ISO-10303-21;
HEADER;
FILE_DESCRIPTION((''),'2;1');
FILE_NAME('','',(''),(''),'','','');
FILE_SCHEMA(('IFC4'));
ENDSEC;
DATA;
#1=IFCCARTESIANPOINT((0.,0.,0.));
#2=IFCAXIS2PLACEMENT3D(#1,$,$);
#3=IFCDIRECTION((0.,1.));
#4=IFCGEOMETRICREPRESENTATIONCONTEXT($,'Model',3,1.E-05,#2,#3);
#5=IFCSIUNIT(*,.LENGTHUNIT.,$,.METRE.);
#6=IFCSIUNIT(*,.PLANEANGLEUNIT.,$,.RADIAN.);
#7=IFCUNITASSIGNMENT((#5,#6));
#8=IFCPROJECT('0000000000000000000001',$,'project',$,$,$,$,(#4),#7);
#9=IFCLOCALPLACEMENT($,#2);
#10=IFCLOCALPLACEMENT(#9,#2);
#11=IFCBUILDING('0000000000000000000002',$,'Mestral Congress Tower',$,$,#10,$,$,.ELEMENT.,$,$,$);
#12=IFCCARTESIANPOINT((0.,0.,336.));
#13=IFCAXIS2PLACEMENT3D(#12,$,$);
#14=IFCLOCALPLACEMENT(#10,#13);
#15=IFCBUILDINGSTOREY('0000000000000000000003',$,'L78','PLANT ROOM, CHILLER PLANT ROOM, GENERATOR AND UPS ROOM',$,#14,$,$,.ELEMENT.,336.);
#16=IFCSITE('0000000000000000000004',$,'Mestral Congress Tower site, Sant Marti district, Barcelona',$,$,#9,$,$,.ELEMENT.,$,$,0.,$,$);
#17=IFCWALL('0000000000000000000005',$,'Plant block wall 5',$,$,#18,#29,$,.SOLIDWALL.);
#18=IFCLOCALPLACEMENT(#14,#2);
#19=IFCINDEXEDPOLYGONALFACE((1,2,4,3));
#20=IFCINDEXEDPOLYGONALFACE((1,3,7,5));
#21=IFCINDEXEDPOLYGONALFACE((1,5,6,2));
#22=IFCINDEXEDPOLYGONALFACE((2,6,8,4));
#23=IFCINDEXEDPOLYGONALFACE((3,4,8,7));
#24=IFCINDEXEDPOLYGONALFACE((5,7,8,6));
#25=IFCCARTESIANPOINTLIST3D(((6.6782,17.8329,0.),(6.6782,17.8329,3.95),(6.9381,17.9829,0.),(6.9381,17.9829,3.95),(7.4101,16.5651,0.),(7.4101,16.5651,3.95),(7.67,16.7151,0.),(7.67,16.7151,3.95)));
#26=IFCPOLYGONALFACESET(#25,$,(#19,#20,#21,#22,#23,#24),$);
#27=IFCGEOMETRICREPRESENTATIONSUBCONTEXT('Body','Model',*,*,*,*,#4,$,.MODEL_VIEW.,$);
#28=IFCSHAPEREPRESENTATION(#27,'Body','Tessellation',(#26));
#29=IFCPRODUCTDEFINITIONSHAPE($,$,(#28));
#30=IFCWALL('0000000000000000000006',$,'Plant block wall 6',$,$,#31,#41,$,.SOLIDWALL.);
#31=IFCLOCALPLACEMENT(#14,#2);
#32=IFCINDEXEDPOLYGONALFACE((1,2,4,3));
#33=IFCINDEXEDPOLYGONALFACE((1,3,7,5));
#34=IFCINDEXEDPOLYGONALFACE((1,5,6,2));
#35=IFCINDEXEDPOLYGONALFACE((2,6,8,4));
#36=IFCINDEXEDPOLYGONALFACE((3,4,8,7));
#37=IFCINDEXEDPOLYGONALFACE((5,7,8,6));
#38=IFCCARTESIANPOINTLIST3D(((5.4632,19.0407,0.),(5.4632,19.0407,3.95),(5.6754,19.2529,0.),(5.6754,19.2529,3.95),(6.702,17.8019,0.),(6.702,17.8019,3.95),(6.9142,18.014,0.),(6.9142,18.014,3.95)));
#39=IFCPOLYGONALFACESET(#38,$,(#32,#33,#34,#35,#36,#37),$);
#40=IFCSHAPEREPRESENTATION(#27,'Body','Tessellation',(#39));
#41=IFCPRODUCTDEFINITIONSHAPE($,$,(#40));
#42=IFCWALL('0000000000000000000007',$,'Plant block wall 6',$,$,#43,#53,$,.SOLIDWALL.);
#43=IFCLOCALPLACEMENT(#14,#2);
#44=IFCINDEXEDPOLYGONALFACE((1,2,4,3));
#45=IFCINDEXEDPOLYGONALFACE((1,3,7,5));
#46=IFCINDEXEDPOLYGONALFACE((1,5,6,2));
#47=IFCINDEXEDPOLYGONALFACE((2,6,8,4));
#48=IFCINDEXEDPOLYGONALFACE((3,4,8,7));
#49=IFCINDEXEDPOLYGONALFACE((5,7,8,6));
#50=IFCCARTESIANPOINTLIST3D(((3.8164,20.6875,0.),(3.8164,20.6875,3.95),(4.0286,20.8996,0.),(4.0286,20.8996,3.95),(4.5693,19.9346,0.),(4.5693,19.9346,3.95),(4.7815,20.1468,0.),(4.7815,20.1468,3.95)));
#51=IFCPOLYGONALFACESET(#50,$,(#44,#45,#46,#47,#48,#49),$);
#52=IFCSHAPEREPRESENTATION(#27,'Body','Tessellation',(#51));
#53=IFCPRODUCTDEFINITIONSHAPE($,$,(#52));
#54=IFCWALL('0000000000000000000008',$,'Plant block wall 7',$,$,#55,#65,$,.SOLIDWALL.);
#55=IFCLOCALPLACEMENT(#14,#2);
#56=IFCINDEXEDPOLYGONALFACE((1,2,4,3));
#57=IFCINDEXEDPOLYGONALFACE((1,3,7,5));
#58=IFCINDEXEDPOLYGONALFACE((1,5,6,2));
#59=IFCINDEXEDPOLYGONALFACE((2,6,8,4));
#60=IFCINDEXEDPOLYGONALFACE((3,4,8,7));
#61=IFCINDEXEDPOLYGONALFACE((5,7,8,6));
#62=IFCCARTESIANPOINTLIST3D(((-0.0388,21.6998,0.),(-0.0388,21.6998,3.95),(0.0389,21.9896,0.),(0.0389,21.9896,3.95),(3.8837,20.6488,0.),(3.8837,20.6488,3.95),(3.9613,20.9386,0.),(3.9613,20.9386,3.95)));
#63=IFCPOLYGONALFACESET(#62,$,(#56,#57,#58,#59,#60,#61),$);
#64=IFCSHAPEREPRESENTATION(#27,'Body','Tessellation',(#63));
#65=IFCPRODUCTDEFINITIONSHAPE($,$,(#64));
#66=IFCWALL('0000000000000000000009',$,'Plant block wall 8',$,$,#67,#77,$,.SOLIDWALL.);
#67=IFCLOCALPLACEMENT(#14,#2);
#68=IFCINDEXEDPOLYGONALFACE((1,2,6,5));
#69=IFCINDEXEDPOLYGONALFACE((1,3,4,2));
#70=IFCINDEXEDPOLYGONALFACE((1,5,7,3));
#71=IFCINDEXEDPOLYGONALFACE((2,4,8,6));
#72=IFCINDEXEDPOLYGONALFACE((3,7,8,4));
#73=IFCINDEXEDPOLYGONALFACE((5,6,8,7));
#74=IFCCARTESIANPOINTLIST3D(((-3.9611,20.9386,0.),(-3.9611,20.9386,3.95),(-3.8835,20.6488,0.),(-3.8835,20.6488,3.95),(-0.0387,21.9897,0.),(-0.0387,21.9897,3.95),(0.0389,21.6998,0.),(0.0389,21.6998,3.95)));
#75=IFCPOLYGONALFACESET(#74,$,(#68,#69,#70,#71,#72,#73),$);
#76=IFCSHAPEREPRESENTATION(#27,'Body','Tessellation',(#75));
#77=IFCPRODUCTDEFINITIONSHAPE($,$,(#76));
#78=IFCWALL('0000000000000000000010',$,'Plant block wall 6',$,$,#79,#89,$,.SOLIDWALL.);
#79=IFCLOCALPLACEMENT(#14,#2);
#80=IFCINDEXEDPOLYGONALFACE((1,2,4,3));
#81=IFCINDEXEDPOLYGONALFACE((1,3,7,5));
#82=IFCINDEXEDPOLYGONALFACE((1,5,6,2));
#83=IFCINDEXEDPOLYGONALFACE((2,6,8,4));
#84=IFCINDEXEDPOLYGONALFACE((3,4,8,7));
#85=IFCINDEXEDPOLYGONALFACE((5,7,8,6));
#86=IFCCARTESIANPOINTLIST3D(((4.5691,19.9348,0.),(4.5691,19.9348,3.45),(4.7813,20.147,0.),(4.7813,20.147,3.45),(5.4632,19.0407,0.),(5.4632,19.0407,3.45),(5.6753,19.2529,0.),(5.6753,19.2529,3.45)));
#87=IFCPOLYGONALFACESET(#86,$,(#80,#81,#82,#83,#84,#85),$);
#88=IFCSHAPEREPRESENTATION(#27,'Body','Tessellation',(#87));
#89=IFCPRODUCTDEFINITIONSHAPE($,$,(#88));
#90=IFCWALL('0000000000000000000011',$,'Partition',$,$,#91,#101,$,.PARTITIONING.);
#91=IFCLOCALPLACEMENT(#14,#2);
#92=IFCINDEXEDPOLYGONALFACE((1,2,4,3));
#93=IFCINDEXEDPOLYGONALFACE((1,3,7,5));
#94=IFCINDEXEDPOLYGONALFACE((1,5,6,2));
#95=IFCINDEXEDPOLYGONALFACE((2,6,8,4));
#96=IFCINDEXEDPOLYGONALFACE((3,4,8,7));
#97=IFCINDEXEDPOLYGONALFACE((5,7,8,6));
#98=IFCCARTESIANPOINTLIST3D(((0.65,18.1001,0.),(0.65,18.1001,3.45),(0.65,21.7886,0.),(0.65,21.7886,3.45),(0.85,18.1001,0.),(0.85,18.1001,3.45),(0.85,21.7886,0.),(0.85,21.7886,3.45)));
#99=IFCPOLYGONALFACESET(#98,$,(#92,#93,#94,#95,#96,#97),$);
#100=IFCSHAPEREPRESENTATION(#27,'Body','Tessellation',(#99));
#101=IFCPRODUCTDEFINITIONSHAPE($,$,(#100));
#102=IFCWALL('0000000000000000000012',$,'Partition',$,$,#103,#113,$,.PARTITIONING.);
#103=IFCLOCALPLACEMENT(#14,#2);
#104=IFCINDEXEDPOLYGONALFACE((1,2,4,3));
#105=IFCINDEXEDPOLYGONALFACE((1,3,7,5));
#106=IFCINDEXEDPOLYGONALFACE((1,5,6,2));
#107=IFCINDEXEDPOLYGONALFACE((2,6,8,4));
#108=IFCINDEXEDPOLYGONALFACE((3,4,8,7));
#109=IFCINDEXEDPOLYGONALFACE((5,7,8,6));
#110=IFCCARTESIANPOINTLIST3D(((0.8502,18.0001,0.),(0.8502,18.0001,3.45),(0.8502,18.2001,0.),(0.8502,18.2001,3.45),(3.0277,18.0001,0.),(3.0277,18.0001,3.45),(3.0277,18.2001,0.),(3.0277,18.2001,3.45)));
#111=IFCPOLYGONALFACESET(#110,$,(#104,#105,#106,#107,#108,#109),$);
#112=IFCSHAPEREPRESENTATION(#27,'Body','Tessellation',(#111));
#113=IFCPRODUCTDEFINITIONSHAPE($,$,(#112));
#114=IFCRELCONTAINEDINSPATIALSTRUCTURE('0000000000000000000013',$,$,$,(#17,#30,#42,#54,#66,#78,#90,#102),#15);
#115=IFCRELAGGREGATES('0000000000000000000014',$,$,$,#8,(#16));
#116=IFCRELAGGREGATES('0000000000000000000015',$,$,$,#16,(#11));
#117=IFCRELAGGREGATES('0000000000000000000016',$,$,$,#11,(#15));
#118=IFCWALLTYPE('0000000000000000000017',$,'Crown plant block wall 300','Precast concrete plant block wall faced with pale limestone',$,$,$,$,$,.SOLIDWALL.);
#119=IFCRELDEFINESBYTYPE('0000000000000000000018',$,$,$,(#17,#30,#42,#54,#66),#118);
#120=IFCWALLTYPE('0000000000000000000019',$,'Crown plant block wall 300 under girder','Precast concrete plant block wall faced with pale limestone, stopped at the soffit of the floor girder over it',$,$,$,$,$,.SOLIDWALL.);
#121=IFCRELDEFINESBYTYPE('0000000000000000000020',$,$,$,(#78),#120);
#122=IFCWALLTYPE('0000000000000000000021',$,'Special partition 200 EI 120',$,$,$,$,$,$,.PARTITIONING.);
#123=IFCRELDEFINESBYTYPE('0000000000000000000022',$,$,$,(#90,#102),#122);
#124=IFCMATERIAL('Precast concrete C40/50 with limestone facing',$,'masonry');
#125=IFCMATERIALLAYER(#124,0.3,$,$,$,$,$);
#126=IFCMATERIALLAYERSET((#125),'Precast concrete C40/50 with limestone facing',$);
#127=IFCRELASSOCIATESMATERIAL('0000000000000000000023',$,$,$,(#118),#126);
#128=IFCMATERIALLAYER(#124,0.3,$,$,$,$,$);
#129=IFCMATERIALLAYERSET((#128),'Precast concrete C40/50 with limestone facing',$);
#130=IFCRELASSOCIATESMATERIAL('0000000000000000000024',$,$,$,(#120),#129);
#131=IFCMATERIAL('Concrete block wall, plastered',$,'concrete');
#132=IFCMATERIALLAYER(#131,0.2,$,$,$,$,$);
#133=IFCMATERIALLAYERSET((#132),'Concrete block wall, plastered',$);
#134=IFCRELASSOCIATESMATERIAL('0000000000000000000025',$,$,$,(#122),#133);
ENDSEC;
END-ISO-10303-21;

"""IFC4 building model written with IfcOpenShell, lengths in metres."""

from ifc_helpers import new_model, si_unit, direction, frame, frame_2d, origin, place, context, subcontext, project, spatial, rectangle, extrude, material, layer, layer_set, type_object, element, save


model = new_model("IFC4")

# Units and contexts
model_context = context("Model", 3, precision=1e-05, world=origin(), true_north=direction((0.0, 1.0)))
body_context = subcontext(model_context, "Body", "Model", "MODEL_VIEW")
ifc_project = project(units=[si_unit("LENGTHUNIT", "METRE"), si_unit("PLANEANGLEUNIT", "RADIAN")], contexts=[model_context])

# Site, building, storey
site_placement = place(None, origin())
site = spatial("IfcSite", under=ifc_project, at=site_placement, Name="Mestral Congress Tower site, Sant Marti district, Barcelona", CompositionType="ELEMENT", RefElevation=0.0)
building_placement = place(site_placement, origin())
building = spatial("IfcBuilding", under=site, at=building_placement, Name="Mestral Congress Tower", CompositionType="ELEMENT")
storey_placement = place(building_placement, frame((0.0, 0.0, 336.0)))
storey = spatial("IfcBuildingStorey", under=building, at=storey_placement, Name="L78", Description="PLANT ROOM, CHILLER PLANT ROOM, GENERATOR AND UPS ROOM", CompositionType="ELEMENT", Elevation=336.0)

# Walls
ifc_material_1 = material(Name="Precast concrete C40/50 with limestone facing", Category="masonry")
ifc_layer_1 = layer(ifc_material_1, 0.3)
ifc_layer_set_1 = layer_set([ifc_layer_1], Name="Precast concrete C40/50 with limestone facing")
wall_type_1 = type_object("IfcWallType", Name="Crown plant block wall 300", Description="Precast concrete plant block wall faced with pale limestone", PredefinedType="SOLIDWALL", material=ifc_layer_set_1)
wall_1_placement = place(storey_placement, frame((7.54, 16.6401, 0.0), z_axis=(0.0, 0.0, 1.0), x_axis=(-0.499977, 0.866038, 0.0)))
element("IfcWall", 1, at=wall_1_placement, inside=storey, type_object=wall_type_1, Name="Plant block wall 5", PredefinedType="SOLIDWALL", context=body_context, shape_type="SweptSolid", body=[
    extrude(rectangle(XDim=1.4639, YDim=0.3, at=frame_2d((0.7319, 0.0))), origin(), (0.0, 0.0, 1.0), 3.95),
])
wall_2_placement = place(storey_placement, frame((6.8081, 17.908, 0.0), z_axis=(0.0, 0.0, 1.0), x_axis=(-0.707107, 0.707107, 0.0)))
element("IfcWall", 2, at=wall_2_placement, inside=storey, type_object=wall_type_1, Name="Plant block wall 6", PredefinedType="SOLIDWALL", context=body_context, shape_type="SweptSolid", body=[
    extrude(rectangle(XDim=1.752, YDim=0.3, at=frame_2d((0.876, 0.0))), origin(), (0.0, 0.0, 1.0), 3.95),
])
wall_3_placement = place(storey_placement, frame((4.6753, 20.0408, 0.0), z_axis=(0.0, 0.0, 1.0), x_axis=(-0.707107, 0.707107, 0.0)))
element("IfcWall", 3, at=wall_3_placement, inside=storey, type_object=wall_type_1, Name="Plant block wall 6", PredefinedType="SOLIDWALL", context=body_context, shape_type="SweptSolid", body=[
    extrude(rectangle(XDim=1.0647, YDim=0.3, at=frame_2d((0.5322, 0.0))), origin(), (0.0, 0.0, 1.0), 3.95),
])
for number, where, z_axis, x_axis, name in (
    (4, (3.9224, 20.7937, 0.0), (0.0, 0.0, 1.0), (-0.965924, 0.258826, 0.0), "Plant block wall 7"),
    (5, (0.0, 21.8447, 0.0), (0.0, 0.0, 1.0), (-0.965924, -0.258826, 0.0), "Plant block wall 8"),
):
    element("IfcWall", number, at=place(storey_placement, frame(where, z_axis=z_axis, x_axis=x_axis)), inside=storey, type_object=wall_type_1, Name=name, PredefinedType="SOLIDWALL", context=body_context, shape_type="SweptSolid", body=[
        extrude(rectangle(XDim=4.0608, YDim=0.3, at=frame_2d((2.0303, 0.0))), origin(), (0.0, 0.0, 1.0), 3.95),
    ])
ifc_layer_2 = layer(ifc_material_1, 0.3)
ifc_layer_set_2 = layer_set([ifc_layer_2], Name="Precast concrete C40/50 with limestone facing")
wall_type_2 = type_object("IfcWallType", Name="Crown plant block wall 300 under girder", Description="Precast concrete plant block wall faced with pale limestone, stopped at the soffit of the floor girder over it", PredefinedType="SOLIDWALL", material=ifc_layer_set_2)
wall_4_placement = place(storey_placement, frame((5.5693, 19.1467, 0.0), z_axis=(0.0, 0.0, 1.0), x_axis=(-0.707107, 0.707107, 0.0)))
element("IfcWall", 6, at=wall_4_placement, inside=storey, type_object=wall_type_2, Name="Plant block wall 6", PredefinedType="SOLIDWALL", context=body_context, shape_type="SweptSolid", body=[
    extrude(rectangle(XDim=1.2644, YDim=0.3, at=frame_2d((0.6323, 0.0))), origin(), (0.0, 0.0, 1.0), 3.45),
])
ifc_material_2 = material(Name="Concrete block wall, plastered", Category="concrete")
ifc_layer_3 = layer(ifc_material_2, 0.2)
ifc_layer_set_3 = layer_set([ifc_layer_3], Name="Concrete block wall, plastered")
wall_type_3 = type_object("IfcWallType", Name="Special partition 200 EI 120", PredefinedType="PARTITIONING", material=ifc_layer_set_3)
wall_5_placement = place(storey_placement, frame((0.75, 21.7886, 0.0), z_axis=(0.0, 0.0, 1.0), x_axis=(0.0, -1.0, 0.0)))
element("IfcWall", 7, at=wall_5_placement, inside=storey, type_object=wall_type_3, Name="Partition", PredefinedType="PARTITIONING", context=body_context, shape_type="SweptSolid", body=[
    extrude(rectangle(XDim=3.6885, YDim=0.2, at=frame_2d((1.8442, 0.0))), origin(), (0.0, 0.0, 1.0), 3.45),
])
wall_6_placement = place(storey_placement, frame((0.8501, 18.1001, 0.0), z_axis=(0.0, 0.0, 1.0), x_axis=(1.0, 0.0, 0.0)))
element("IfcWall", 8, at=wall_6_placement, inside=storey, type_object=wall_type_3, Name="Partition", PredefinedType="PARTITIONING", context=body_context, shape_type="SweptSolid", body=[
    extrude(rectangle(XDim=2.1775, YDim=0.2, at=frame_2d((1.0889, 0.0))), origin(), (0.0, 0.0, 1.0), 3.45),
])

save(model, "model.ifc")
